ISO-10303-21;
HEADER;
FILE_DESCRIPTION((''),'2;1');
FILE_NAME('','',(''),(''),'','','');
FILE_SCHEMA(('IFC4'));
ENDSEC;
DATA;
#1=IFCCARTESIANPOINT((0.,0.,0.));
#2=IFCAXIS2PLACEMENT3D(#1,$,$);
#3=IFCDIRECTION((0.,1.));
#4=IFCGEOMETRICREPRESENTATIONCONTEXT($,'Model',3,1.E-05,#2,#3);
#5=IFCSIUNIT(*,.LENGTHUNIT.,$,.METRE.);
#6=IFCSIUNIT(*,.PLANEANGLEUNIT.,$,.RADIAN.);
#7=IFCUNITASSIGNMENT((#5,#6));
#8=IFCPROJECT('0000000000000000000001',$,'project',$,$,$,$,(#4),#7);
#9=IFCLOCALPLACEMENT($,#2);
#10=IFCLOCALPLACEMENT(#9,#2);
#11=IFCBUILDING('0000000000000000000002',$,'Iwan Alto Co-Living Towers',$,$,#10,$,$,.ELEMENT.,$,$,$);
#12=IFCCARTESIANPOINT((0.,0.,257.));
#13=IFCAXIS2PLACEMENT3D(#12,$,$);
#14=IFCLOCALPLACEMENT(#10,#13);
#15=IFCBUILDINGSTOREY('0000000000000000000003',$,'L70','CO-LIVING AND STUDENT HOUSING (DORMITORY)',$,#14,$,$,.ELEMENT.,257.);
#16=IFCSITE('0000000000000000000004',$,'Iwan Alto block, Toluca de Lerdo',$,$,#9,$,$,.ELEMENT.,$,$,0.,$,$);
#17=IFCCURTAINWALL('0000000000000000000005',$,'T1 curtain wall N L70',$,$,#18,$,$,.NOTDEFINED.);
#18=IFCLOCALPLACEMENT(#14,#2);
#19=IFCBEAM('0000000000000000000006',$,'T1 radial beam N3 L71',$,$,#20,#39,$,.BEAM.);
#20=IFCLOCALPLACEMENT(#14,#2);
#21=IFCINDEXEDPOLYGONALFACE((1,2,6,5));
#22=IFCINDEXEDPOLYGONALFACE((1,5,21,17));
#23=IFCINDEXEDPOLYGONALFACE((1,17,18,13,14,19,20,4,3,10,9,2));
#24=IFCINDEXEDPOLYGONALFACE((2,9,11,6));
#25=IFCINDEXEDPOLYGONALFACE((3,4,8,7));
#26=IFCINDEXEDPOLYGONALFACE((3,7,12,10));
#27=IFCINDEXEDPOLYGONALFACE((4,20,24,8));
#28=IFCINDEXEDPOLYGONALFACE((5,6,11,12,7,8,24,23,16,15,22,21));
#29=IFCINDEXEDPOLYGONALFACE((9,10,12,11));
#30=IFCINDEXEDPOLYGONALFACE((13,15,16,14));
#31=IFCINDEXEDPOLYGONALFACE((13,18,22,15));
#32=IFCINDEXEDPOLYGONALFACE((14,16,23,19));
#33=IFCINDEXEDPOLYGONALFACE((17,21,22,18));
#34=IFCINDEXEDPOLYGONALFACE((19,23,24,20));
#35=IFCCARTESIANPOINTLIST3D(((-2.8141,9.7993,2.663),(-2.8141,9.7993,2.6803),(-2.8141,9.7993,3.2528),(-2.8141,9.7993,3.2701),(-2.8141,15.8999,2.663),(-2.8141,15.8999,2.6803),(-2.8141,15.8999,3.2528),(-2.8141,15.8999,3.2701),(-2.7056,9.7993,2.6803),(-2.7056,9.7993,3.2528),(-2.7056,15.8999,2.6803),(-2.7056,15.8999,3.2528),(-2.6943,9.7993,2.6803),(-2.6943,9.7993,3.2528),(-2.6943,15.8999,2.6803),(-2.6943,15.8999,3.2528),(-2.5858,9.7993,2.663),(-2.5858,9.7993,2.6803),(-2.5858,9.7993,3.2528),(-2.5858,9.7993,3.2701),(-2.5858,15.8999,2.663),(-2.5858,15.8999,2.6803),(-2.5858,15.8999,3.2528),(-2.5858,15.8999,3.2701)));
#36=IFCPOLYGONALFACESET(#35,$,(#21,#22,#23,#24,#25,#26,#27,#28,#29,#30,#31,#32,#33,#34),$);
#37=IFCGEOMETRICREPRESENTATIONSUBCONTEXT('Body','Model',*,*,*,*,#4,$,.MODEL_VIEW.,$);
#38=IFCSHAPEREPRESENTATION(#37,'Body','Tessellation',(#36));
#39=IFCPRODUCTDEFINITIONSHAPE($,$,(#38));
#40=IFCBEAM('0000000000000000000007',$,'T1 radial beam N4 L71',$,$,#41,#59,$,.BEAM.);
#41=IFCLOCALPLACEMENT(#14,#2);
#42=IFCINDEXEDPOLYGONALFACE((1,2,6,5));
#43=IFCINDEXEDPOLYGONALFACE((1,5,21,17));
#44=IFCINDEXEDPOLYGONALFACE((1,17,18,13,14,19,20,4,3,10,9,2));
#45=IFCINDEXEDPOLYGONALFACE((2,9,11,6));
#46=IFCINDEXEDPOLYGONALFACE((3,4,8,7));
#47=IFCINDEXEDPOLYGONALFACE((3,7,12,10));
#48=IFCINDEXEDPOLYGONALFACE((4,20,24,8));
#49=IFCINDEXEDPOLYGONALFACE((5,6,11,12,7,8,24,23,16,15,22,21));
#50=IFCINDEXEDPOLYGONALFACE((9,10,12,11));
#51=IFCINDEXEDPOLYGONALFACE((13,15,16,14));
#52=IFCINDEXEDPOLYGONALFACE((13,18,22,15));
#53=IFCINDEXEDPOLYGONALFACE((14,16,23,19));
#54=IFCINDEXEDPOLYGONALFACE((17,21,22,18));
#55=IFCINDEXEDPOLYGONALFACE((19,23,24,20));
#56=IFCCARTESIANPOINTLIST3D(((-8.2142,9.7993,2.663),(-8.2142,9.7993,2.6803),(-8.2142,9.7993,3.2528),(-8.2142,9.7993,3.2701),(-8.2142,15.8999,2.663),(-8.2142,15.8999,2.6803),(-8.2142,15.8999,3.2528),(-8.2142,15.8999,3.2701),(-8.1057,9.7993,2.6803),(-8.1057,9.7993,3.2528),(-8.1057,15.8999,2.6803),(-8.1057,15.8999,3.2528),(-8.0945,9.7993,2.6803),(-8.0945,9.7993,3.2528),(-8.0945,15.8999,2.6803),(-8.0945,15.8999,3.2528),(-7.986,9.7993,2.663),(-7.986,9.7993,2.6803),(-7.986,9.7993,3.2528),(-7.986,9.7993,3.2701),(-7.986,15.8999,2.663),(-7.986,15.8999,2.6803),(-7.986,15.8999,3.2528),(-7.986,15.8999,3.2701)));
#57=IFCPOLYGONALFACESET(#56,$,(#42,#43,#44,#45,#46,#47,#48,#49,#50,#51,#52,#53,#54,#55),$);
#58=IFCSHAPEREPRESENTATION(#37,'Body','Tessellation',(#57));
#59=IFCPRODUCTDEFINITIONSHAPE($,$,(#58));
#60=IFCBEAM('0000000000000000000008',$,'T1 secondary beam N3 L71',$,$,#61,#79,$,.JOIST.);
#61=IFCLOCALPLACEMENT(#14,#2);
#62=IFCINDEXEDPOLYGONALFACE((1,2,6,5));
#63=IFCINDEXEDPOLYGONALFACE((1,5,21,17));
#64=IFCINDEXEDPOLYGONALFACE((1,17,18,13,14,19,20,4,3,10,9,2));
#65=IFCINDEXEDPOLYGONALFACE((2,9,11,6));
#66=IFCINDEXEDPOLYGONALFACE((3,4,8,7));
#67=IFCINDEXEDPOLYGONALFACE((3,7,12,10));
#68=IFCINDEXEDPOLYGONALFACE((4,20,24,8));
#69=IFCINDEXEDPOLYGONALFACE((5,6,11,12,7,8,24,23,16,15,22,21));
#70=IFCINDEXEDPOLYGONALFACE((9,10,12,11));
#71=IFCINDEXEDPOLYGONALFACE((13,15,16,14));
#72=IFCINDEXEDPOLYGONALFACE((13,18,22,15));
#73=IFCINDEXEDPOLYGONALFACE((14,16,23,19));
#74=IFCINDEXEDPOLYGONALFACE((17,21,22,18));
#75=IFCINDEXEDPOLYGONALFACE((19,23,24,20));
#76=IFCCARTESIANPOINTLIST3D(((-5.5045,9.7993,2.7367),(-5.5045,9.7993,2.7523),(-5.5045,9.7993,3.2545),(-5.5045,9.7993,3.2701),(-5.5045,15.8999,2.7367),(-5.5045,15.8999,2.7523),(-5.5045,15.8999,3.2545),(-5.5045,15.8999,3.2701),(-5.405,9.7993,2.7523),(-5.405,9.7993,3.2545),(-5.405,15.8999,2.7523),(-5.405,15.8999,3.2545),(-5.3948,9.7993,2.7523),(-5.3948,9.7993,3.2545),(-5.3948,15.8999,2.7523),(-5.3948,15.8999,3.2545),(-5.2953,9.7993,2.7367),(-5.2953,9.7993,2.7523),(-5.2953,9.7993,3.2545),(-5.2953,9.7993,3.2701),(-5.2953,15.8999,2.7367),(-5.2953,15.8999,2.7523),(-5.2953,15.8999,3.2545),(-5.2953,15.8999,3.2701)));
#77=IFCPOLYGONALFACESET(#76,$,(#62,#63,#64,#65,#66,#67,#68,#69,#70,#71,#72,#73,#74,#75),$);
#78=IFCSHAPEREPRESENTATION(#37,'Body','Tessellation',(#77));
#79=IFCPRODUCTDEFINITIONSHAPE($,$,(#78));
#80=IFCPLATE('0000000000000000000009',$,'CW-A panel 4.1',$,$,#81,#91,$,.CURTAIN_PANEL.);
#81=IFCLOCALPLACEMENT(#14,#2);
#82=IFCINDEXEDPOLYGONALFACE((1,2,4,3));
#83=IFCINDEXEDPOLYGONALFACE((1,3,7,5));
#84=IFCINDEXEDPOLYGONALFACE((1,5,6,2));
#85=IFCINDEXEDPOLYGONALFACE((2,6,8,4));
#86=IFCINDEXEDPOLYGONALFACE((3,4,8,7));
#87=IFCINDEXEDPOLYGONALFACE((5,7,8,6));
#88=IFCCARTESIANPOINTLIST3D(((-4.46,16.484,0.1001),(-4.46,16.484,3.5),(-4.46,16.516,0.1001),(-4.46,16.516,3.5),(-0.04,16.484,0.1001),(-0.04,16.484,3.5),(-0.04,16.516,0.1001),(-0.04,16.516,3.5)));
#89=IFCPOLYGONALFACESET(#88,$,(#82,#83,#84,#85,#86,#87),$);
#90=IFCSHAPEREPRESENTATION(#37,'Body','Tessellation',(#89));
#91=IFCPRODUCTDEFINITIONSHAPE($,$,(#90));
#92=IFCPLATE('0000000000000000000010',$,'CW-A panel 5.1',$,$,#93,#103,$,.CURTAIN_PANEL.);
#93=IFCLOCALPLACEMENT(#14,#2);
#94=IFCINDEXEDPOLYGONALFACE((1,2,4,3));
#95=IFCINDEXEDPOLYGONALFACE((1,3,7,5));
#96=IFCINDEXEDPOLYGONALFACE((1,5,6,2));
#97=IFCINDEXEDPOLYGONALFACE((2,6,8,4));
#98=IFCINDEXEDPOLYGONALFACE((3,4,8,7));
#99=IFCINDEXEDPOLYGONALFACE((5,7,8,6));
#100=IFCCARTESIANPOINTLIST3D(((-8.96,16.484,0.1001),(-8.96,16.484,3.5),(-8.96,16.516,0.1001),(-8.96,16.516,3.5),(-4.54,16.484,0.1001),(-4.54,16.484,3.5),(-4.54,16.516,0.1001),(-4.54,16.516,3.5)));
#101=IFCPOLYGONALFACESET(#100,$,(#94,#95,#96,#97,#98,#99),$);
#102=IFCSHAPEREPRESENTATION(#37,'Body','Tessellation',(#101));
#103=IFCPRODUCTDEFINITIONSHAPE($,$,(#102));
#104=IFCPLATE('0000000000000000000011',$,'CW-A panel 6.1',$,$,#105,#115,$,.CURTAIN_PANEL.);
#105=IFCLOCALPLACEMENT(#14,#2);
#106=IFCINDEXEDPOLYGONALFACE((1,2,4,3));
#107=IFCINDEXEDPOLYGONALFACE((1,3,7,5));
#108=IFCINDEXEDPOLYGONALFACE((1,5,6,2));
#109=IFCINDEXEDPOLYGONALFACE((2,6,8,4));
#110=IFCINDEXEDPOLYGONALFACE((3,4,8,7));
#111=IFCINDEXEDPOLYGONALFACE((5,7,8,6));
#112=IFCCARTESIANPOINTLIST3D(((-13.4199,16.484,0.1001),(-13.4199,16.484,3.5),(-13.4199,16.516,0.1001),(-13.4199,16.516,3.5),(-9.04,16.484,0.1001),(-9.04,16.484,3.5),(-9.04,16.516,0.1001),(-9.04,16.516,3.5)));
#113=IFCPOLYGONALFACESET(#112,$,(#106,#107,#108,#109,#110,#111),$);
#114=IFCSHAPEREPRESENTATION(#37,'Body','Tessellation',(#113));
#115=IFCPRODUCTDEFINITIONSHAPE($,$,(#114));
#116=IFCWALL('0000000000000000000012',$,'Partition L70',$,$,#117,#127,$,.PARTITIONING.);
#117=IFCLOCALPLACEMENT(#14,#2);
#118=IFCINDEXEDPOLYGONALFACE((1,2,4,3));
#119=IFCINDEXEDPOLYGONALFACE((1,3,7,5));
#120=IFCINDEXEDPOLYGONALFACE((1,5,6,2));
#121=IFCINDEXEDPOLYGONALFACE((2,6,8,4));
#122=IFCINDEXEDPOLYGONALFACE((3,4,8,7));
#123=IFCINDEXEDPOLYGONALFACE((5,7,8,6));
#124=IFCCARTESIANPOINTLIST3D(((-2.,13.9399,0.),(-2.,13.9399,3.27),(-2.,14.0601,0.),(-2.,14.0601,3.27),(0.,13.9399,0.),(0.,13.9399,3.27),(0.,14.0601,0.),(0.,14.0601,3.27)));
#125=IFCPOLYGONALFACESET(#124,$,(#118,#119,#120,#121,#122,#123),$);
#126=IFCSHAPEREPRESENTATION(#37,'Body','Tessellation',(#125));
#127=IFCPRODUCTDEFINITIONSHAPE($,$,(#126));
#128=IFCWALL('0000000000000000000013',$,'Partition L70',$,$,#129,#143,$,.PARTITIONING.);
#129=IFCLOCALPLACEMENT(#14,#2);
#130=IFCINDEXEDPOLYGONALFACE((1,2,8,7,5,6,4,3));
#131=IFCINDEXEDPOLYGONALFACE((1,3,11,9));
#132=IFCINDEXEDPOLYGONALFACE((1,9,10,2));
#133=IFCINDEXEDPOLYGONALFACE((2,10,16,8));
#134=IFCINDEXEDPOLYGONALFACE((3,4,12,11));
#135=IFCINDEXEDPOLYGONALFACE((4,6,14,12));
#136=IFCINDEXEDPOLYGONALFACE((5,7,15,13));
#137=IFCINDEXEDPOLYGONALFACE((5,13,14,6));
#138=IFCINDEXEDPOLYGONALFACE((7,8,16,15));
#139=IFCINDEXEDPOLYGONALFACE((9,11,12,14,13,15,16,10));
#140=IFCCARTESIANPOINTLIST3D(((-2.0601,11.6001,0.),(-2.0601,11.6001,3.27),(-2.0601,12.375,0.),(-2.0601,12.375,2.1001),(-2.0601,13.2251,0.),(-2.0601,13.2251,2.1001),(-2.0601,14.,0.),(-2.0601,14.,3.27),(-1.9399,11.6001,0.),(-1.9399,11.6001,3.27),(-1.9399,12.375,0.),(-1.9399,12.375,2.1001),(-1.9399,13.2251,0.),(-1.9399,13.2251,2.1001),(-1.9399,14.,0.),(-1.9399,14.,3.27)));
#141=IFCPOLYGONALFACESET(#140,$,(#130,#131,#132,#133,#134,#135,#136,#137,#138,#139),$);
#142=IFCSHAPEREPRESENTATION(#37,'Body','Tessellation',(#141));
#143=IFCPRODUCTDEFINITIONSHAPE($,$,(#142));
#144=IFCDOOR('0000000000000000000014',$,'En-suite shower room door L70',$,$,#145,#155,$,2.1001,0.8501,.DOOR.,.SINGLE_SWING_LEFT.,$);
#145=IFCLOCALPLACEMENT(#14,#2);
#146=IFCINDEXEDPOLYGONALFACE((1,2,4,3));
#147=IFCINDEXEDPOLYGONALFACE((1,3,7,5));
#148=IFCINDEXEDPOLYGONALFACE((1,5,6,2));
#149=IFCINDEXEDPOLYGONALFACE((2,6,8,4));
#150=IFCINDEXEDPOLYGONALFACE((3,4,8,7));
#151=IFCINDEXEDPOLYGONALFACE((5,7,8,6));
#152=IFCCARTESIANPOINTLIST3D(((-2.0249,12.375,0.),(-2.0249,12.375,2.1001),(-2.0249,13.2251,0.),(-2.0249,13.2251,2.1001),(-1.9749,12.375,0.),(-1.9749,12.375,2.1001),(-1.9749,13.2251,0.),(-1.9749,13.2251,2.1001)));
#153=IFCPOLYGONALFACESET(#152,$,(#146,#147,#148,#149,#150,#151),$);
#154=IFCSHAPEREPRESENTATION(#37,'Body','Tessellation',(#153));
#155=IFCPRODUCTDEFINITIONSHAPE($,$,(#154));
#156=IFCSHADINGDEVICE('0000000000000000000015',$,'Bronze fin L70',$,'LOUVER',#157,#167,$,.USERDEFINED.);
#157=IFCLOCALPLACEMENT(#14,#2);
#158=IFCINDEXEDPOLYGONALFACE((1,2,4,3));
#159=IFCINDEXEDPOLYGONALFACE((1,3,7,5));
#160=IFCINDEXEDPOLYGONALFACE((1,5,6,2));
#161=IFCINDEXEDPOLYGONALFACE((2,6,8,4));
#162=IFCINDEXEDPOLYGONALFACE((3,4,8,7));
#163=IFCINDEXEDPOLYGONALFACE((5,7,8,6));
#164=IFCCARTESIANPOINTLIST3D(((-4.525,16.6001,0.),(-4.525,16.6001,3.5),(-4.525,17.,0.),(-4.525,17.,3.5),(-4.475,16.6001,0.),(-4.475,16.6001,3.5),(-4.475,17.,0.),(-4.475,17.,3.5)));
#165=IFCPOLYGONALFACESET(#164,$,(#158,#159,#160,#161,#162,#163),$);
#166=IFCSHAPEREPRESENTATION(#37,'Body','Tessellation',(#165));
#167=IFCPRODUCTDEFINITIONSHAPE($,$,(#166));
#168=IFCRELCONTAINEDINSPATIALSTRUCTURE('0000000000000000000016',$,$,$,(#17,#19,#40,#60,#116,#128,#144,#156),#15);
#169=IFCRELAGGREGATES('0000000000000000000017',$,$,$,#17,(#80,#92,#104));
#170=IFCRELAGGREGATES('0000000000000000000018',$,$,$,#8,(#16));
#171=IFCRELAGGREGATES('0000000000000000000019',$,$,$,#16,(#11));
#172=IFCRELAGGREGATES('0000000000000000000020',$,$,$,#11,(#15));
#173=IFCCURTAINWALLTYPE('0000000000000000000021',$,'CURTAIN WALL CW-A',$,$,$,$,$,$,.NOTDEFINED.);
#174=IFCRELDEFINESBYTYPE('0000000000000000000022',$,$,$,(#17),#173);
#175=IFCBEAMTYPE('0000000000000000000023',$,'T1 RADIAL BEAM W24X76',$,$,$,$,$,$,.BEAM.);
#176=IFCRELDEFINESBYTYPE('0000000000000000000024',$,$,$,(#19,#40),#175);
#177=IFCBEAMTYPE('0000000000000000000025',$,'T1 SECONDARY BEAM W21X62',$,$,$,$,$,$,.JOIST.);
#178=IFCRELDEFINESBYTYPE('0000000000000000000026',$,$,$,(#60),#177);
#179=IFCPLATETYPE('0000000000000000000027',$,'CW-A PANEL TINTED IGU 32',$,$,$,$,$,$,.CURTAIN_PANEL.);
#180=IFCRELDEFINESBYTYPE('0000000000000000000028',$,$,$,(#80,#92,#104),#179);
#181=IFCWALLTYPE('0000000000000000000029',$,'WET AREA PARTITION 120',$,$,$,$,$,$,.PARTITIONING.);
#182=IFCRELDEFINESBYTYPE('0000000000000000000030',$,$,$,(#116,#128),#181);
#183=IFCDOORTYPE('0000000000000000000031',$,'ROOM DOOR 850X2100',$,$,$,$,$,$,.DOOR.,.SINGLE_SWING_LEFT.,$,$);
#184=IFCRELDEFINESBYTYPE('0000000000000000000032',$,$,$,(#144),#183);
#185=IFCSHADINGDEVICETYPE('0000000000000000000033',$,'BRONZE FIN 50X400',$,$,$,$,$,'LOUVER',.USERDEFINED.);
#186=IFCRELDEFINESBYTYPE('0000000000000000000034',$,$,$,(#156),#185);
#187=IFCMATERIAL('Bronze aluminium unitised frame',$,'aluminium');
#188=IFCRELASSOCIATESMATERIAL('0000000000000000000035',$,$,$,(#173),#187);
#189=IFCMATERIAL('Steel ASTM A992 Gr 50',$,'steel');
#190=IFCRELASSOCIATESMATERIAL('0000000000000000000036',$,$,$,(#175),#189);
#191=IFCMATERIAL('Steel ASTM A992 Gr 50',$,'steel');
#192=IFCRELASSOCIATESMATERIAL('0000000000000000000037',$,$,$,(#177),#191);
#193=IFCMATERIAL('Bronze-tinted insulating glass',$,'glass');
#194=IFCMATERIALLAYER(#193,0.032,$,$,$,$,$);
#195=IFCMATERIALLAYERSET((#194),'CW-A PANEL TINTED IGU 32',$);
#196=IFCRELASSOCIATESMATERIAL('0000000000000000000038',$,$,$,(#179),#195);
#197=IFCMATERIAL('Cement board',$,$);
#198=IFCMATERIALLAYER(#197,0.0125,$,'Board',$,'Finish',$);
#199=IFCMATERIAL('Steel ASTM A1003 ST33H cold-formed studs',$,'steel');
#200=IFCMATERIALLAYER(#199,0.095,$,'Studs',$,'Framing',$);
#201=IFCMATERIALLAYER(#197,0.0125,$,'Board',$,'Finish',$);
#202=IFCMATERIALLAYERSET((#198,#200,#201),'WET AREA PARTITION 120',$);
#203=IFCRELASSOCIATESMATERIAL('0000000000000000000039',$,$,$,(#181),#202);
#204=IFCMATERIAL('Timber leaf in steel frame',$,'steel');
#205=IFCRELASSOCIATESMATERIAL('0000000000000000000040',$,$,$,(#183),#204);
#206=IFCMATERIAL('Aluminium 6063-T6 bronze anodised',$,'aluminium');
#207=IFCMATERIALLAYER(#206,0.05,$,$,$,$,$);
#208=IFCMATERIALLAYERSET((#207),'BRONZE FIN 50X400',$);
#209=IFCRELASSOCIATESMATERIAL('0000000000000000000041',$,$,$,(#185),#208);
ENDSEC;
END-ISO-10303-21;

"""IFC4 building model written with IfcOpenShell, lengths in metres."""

from ifc_helpers import new_model, si_unit, direction, frame, frame_2d, origin, origin_2d, place, context, subcontext, project, spatial, rectangle, i_section, extrude, material, layer, layer_set, material_profile, profile_set, type_object, element, fill, aggregate, save


model = new_model("IFC4")

# Units and contexts
model_context = context("Model", 3, precision=1e-05, world=origin(), true_north=direction((0.0, 1.0)))
body_context = subcontext(model_context, "Body", "Model", "MODEL_VIEW")
ifc_project = project(units=[si_unit("LENGTHUNIT", "METRE"), si_unit("PLANEANGLEUNIT", "RADIAN")], contexts=[model_context])

# Site, building, storey
site_placement = place(None, origin())
site = spatial("IfcSite", under=ifc_project, at=site_placement, Name="Iwan Alto block, Toluca de Lerdo", CompositionType="ELEMENT", RefElevation=0.0)
building_placement = place(site_placement, origin())
building = spatial("IfcBuilding", under=site, at=building_placement, Name="Iwan Alto Co-Living Towers", CompositionType="ELEMENT")
storey_placement = place(building_placement, frame((0.0, 0.0, 257.0)))
storey = spatial("IfcBuildingStorey", under=building, at=storey_placement, Name="L70", Description="CO-LIVING AND STUDENT HOUSING (DORMITORY)", CompositionType="ELEMENT", Elevation=257.0)

# Curtain wall
ifc_material_1 = material(Name="Bronze aluminium unitised frame", Category="aluminium")
curtain_wall_type = type_object("IfcCurtainWallType", Name="CURTAIN WALL CW-A", PredefinedType="NOTDEFINED", material=ifc_material_1)
curtain_wall_placement = place(storey_placement, origin())
curtain_wall = element("IfcCurtainWall", 1, at=curtain_wall_placement, inside=storey, type_object=curtain_wall_type, Name="T1 curtain wall N L70", PredefinedType="NOTDEFINED")

# Beams
ifc_material_2 = material(Name="Steel ASTM A992 Gr 50", Category="steel")
ifc_material_profile_1 = material_profile(ifc_material_2, i_section(OverallWidth=0.2283, OverallDepth=0.6072, WebThickness=0.0112, FlangeThickness=0.0173, at=origin_2d()), Name="W24X76")
ifc_profile_set_1 = profile_set([ifc_material_profile_1], Name="Steel ASTM A992 Gr 50")
beam_type_1 = type_object("IfcBeamType", Name="T1 RADIAL BEAM W24X76", PredefinedType="BEAM", material=ifc_profile_set_1)
for number, where, z_axis, x_axis, name in (
    (2, (-2.7, 15.8999, 2.9666), (0.0, -1.0, 0.0), (1.0, 0.0, 0.0), "T1 radial beam N3 L71"),
    (3, (-8.1001, 15.8999, 2.9666), (0.0, -1.0, 0.0), (1.0, 0.0, 0.0), "T1 radial beam N4 L71"),
):
    element("IfcBeam", number, at=place(storey_placement, frame(where, z_axis=z_axis, x_axis=x_axis)), inside=storey, type_object=beam_type_1, Name=name, PredefinedType="BEAM", context=body_context, shape_type="SweptSolid", body=[
        extrude(i_section(OverallWidth=0.2283, OverallDepth=0.6072, WebThickness=0.0112, FlangeThickness=0.0173, at=origin_2d()), origin(), (0.0, 0.0, 1.0), 6.1006),
    ])
ifc_material_3 = material(Name="Steel ASTM A992 Gr 50", Category="steel")
ifc_material_profile_2 = material_profile(ifc_material_3, i_section(OverallWidth=0.2092, OverallDepth=0.5334, WebThickness=0.0103, FlangeThickness=0.0156, at=origin_2d()), Name="W21X62")
ifc_profile_set_2 = profile_set([ifc_material_profile_2], Name="Steel ASTM A992 Gr 50")
beam_type_2 = type_object("IfcBeamType", Name="T1 SECONDARY BEAM W21X62", PredefinedType="JOIST", material=ifc_profile_set_2)
beam_1_placement = place(storey_placement, frame((-5.3999, 15.8999, 3.0034), z_axis=(0.0, -1.0, 0.0), x_axis=(1.0, 0.0, 0.0)))
element("IfcBeam", 4, at=beam_1_placement, inside=storey, type_object=beam_type_2, Name="T1 secondary beam N3 L71", PredefinedType="JOIST", context=body_context, shape_type="SweptSolid", body=[
    extrude(i_section(OverallWidth=0.2092, OverallDepth=0.5334, WebThickness=0.0103, FlangeThickness=0.0156, at=origin_2d()), origin(), (0.0, 0.0, 1.0), 6.1006),
])

# Plates
ifc_material_4 = material(Name="Bronze-tinted insulating glass", Category="glass")
ifc_layer_1 = layer(ifc_material_4, 0.032)
ifc_layer_set_1 = layer_set([ifc_layer_1], Name="CW-A PANEL TINTED IGU 32")
plate_type = type_object("IfcPlateType", Name="CW-A PANEL TINTED IGU 32", PredefinedType="CURTAIN_PANEL", material=ifc_layer_set_1)
plate_1_placement = place(storey_placement, frame((-2.25, 16.5, 0.1001), z_axis=(0.0, 0.0, 1.0), x_axis=(-1.0, 0.0, 0.0)))
plate_1 = element("IfcPlate", 5, at=plate_1_placement, type_object=plate_type, Name="CW-A panel 4.1", PredefinedType="CURTAIN_PANEL", context=body_context, shape_type="SweptSolid", body=[
    extrude(rectangle(XDim=4.4199, YDim=0.032, at=origin_2d()), origin(), (0.0, 0.0, 1.0), 3.3999),
])
plate_2_placement = place(storey_placement, frame((-6.75, 16.5, 0.1001), z_axis=(0.0, 0.0, 1.0), x_axis=(-1.0, 0.0, 0.0)))
plate_2 = element("IfcPlate", 6, at=plate_2_placement, type_object=plate_type, Name="CW-A panel 5.1", PredefinedType="CURTAIN_PANEL", context=body_context, shape_type="SweptSolid", body=[
    extrude(rectangle(XDim=4.4199, YDim=0.032, at=origin_2d()), origin(), (0.0, 0.0, 1.0), 3.3999),
])
plate_3_placement = place(storey_placement, frame((-11.23, 16.5, 0.1001), z_axis=(0.0, 0.0, 1.0), x_axis=(-1.0, 0.0, 0.0)))
plate_3 = element("IfcPlate", 7, at=plate_3_placement, type_object=plate_type, Name="CW-A panel 6.1", PredefinedType="CURTAIN_PANEL", context=body_context, shape_type="SweptSolid", body=[
    extrude(rectangle(XDim=4.3799, YDim=0.032, at=origin_2d()), origin(), (0.0, 0.0, 1.0), 3.3999),
])
aggregate(curtain_wall, [plate_1, plate_2, plate_3])

# Wall
ifc_material_5 = material(Name="Cement board")
ifc_layer_2 = layer(ifc_material_5, 0.0125, Name="Board", Category="Finish")
ifc_material_6 = material(Name="Steel ASTM A1003 ST33H cold-formed studs", Category="steel")
ifc_layer_3 = layer(ifc_material_6, 0.095, Name="Studs", Category="Framing")
ifc_layer_4 = layer(ifc_material_5, 0.0125, Name="Board", Category="Finish")
ifc_layer_set_2 = layer_set([ifc_layer_2, ifc_layer_3, ifc_layer_4], Name="WET AREA PARTITION 120")
wall_type = type_object("IfcWallType", Name="WET AREA PARTITION 120", PredefinedType="PARTITIONING", material=ifc_layer_set_2)
wall_1_placement = place(storey_placement, frame((-2.0, 14.0, 0.0), z_axis=(0.0, 0.0, 1.0), x_axis=(1.0, 0.0, 0.0)))
element("IfcWall", 8, at=wall_1_placement, inside=storey, type_object=wall_type, Name="Partition L70", PredefinedType="PARTITIONING", context=body_context, shape_type="SweptSolid", body=[
    extrude(rectangle(XDim=2.0, YDim=0.1201, at=frame_2d((1.0, 0.0))), origin(), (0.0, 0.0, 1.0), 3.27),
])

# Wall, opening, door
wall_2_placement = place(storey_placement, frame((-2.0, 11.6001, 0.0), z_axis=(0.0, 0.0, 1.0), x_axis=(0.0, 1.0, 0.0)))
wall_2 = element("IfcWall", 9, at=wall_2_placement, inside=storey, type_object=wall_type, Name="Partition L70", PredefinedType="PARTITIONING", context=body_context, shape_type="SweptSolid", body=[
    extrude(rectangle(XDim=2.3999, YDim=0.1201, at=frame_2d((1.2, 0.0))), origin(), (0.0, 0.0, 1.0), 3.27),
])
opening_placement = place(wall_2_placement, frame((0.7749, 0.0, 0.0)))
opening = element("IfcOpeningElement", 10, at=opening_placement, cuts=wall_2, PredefinedType="OPENING", context=body_context, shape_type="SweptSolid", body=[
    extrude(rectangle(XDim=0.8501, YDim=2.1001, at=frame_2d((0.425, 1.05))), frame((0.0, 0.0701, 0.0), z_axis=(0.0, -1.0, 0.0), x_axis=(1.0, 0.0, 0.0)), (0.0, 0.0, 1.0), 0.1401),
])
ifc_material_7 = material(Name="Timber leaf in steel frame", Category="steel")
door_type = type_object("IfcDoorType", Name="ROOM DOOR 850X2100", OperationType="SINGLE_SWING_LEFT", PredefinedType="DOOR", material=ifc_material_7)
door_placement = place(opening_placement, origin())
door = element("IfcDoor", 11, at=door_placement, inside=storey, type_object=door_type, Name="En-suite shower room door L70", OperationType="SINGLE_SWING_LEFT", OverallHeight=2.1001, OverallWidth=0.8501, PredefinedType="DOOR", context=body_context, shape_type="SweptSolid", body=[
    extrude(rectangle(XDim=0.8501, YDim=2.1001, at=frame_2d((0.425, 1.05))), frame((0.0, 0.0249, 0.0), z_axis=(0.0, -1.0, 0.0), x_axis=(1.0, 0.0, 0.0)), (0.0, 0.0, 1.0), 0.05),
])
fill(opening, door)

# Shading device
ifc_material_8 = material(Name="Aluminium 6063-T6 bronze anodised", Category="aluminium")
ifc_layer_5 = layer(ifc_material_8, 0.05)
ifc_layer_set_3 = layer_set([ifc_layer_5], Name="BRONZE FIN 50X400")
shading_device_type = type_object("IfcShadingDeviceType", Name="BRONZE FIN 50X400", ElementType="LOUVER", PredefinedType="USERDEFINED", material=ifc_layer_set_3)
shading_device_placement = place(storey_placement, frame((-4.5, 16.8, 0.0), z_axis=(0.0, 0.0, 1.0), x_axis=(-1.0, 0.0, 0.0)))
element("IfcShadingDevice", 12, at=shading_device_placement, inside=storey, type_object=shading_device_type, Name="Bronze fin L70", ObjectType="LOUVER", PredefinedType="USERDEFINED", context=body_context, shape_type="SweptSolid", body=[
    extrude(rectangle(XDim=0.05, YDim=0.3999, at=origin_2d()), origin(), (0.0, 0.0, 1.0), 3.5),
])

save(model, "model.ifc")
